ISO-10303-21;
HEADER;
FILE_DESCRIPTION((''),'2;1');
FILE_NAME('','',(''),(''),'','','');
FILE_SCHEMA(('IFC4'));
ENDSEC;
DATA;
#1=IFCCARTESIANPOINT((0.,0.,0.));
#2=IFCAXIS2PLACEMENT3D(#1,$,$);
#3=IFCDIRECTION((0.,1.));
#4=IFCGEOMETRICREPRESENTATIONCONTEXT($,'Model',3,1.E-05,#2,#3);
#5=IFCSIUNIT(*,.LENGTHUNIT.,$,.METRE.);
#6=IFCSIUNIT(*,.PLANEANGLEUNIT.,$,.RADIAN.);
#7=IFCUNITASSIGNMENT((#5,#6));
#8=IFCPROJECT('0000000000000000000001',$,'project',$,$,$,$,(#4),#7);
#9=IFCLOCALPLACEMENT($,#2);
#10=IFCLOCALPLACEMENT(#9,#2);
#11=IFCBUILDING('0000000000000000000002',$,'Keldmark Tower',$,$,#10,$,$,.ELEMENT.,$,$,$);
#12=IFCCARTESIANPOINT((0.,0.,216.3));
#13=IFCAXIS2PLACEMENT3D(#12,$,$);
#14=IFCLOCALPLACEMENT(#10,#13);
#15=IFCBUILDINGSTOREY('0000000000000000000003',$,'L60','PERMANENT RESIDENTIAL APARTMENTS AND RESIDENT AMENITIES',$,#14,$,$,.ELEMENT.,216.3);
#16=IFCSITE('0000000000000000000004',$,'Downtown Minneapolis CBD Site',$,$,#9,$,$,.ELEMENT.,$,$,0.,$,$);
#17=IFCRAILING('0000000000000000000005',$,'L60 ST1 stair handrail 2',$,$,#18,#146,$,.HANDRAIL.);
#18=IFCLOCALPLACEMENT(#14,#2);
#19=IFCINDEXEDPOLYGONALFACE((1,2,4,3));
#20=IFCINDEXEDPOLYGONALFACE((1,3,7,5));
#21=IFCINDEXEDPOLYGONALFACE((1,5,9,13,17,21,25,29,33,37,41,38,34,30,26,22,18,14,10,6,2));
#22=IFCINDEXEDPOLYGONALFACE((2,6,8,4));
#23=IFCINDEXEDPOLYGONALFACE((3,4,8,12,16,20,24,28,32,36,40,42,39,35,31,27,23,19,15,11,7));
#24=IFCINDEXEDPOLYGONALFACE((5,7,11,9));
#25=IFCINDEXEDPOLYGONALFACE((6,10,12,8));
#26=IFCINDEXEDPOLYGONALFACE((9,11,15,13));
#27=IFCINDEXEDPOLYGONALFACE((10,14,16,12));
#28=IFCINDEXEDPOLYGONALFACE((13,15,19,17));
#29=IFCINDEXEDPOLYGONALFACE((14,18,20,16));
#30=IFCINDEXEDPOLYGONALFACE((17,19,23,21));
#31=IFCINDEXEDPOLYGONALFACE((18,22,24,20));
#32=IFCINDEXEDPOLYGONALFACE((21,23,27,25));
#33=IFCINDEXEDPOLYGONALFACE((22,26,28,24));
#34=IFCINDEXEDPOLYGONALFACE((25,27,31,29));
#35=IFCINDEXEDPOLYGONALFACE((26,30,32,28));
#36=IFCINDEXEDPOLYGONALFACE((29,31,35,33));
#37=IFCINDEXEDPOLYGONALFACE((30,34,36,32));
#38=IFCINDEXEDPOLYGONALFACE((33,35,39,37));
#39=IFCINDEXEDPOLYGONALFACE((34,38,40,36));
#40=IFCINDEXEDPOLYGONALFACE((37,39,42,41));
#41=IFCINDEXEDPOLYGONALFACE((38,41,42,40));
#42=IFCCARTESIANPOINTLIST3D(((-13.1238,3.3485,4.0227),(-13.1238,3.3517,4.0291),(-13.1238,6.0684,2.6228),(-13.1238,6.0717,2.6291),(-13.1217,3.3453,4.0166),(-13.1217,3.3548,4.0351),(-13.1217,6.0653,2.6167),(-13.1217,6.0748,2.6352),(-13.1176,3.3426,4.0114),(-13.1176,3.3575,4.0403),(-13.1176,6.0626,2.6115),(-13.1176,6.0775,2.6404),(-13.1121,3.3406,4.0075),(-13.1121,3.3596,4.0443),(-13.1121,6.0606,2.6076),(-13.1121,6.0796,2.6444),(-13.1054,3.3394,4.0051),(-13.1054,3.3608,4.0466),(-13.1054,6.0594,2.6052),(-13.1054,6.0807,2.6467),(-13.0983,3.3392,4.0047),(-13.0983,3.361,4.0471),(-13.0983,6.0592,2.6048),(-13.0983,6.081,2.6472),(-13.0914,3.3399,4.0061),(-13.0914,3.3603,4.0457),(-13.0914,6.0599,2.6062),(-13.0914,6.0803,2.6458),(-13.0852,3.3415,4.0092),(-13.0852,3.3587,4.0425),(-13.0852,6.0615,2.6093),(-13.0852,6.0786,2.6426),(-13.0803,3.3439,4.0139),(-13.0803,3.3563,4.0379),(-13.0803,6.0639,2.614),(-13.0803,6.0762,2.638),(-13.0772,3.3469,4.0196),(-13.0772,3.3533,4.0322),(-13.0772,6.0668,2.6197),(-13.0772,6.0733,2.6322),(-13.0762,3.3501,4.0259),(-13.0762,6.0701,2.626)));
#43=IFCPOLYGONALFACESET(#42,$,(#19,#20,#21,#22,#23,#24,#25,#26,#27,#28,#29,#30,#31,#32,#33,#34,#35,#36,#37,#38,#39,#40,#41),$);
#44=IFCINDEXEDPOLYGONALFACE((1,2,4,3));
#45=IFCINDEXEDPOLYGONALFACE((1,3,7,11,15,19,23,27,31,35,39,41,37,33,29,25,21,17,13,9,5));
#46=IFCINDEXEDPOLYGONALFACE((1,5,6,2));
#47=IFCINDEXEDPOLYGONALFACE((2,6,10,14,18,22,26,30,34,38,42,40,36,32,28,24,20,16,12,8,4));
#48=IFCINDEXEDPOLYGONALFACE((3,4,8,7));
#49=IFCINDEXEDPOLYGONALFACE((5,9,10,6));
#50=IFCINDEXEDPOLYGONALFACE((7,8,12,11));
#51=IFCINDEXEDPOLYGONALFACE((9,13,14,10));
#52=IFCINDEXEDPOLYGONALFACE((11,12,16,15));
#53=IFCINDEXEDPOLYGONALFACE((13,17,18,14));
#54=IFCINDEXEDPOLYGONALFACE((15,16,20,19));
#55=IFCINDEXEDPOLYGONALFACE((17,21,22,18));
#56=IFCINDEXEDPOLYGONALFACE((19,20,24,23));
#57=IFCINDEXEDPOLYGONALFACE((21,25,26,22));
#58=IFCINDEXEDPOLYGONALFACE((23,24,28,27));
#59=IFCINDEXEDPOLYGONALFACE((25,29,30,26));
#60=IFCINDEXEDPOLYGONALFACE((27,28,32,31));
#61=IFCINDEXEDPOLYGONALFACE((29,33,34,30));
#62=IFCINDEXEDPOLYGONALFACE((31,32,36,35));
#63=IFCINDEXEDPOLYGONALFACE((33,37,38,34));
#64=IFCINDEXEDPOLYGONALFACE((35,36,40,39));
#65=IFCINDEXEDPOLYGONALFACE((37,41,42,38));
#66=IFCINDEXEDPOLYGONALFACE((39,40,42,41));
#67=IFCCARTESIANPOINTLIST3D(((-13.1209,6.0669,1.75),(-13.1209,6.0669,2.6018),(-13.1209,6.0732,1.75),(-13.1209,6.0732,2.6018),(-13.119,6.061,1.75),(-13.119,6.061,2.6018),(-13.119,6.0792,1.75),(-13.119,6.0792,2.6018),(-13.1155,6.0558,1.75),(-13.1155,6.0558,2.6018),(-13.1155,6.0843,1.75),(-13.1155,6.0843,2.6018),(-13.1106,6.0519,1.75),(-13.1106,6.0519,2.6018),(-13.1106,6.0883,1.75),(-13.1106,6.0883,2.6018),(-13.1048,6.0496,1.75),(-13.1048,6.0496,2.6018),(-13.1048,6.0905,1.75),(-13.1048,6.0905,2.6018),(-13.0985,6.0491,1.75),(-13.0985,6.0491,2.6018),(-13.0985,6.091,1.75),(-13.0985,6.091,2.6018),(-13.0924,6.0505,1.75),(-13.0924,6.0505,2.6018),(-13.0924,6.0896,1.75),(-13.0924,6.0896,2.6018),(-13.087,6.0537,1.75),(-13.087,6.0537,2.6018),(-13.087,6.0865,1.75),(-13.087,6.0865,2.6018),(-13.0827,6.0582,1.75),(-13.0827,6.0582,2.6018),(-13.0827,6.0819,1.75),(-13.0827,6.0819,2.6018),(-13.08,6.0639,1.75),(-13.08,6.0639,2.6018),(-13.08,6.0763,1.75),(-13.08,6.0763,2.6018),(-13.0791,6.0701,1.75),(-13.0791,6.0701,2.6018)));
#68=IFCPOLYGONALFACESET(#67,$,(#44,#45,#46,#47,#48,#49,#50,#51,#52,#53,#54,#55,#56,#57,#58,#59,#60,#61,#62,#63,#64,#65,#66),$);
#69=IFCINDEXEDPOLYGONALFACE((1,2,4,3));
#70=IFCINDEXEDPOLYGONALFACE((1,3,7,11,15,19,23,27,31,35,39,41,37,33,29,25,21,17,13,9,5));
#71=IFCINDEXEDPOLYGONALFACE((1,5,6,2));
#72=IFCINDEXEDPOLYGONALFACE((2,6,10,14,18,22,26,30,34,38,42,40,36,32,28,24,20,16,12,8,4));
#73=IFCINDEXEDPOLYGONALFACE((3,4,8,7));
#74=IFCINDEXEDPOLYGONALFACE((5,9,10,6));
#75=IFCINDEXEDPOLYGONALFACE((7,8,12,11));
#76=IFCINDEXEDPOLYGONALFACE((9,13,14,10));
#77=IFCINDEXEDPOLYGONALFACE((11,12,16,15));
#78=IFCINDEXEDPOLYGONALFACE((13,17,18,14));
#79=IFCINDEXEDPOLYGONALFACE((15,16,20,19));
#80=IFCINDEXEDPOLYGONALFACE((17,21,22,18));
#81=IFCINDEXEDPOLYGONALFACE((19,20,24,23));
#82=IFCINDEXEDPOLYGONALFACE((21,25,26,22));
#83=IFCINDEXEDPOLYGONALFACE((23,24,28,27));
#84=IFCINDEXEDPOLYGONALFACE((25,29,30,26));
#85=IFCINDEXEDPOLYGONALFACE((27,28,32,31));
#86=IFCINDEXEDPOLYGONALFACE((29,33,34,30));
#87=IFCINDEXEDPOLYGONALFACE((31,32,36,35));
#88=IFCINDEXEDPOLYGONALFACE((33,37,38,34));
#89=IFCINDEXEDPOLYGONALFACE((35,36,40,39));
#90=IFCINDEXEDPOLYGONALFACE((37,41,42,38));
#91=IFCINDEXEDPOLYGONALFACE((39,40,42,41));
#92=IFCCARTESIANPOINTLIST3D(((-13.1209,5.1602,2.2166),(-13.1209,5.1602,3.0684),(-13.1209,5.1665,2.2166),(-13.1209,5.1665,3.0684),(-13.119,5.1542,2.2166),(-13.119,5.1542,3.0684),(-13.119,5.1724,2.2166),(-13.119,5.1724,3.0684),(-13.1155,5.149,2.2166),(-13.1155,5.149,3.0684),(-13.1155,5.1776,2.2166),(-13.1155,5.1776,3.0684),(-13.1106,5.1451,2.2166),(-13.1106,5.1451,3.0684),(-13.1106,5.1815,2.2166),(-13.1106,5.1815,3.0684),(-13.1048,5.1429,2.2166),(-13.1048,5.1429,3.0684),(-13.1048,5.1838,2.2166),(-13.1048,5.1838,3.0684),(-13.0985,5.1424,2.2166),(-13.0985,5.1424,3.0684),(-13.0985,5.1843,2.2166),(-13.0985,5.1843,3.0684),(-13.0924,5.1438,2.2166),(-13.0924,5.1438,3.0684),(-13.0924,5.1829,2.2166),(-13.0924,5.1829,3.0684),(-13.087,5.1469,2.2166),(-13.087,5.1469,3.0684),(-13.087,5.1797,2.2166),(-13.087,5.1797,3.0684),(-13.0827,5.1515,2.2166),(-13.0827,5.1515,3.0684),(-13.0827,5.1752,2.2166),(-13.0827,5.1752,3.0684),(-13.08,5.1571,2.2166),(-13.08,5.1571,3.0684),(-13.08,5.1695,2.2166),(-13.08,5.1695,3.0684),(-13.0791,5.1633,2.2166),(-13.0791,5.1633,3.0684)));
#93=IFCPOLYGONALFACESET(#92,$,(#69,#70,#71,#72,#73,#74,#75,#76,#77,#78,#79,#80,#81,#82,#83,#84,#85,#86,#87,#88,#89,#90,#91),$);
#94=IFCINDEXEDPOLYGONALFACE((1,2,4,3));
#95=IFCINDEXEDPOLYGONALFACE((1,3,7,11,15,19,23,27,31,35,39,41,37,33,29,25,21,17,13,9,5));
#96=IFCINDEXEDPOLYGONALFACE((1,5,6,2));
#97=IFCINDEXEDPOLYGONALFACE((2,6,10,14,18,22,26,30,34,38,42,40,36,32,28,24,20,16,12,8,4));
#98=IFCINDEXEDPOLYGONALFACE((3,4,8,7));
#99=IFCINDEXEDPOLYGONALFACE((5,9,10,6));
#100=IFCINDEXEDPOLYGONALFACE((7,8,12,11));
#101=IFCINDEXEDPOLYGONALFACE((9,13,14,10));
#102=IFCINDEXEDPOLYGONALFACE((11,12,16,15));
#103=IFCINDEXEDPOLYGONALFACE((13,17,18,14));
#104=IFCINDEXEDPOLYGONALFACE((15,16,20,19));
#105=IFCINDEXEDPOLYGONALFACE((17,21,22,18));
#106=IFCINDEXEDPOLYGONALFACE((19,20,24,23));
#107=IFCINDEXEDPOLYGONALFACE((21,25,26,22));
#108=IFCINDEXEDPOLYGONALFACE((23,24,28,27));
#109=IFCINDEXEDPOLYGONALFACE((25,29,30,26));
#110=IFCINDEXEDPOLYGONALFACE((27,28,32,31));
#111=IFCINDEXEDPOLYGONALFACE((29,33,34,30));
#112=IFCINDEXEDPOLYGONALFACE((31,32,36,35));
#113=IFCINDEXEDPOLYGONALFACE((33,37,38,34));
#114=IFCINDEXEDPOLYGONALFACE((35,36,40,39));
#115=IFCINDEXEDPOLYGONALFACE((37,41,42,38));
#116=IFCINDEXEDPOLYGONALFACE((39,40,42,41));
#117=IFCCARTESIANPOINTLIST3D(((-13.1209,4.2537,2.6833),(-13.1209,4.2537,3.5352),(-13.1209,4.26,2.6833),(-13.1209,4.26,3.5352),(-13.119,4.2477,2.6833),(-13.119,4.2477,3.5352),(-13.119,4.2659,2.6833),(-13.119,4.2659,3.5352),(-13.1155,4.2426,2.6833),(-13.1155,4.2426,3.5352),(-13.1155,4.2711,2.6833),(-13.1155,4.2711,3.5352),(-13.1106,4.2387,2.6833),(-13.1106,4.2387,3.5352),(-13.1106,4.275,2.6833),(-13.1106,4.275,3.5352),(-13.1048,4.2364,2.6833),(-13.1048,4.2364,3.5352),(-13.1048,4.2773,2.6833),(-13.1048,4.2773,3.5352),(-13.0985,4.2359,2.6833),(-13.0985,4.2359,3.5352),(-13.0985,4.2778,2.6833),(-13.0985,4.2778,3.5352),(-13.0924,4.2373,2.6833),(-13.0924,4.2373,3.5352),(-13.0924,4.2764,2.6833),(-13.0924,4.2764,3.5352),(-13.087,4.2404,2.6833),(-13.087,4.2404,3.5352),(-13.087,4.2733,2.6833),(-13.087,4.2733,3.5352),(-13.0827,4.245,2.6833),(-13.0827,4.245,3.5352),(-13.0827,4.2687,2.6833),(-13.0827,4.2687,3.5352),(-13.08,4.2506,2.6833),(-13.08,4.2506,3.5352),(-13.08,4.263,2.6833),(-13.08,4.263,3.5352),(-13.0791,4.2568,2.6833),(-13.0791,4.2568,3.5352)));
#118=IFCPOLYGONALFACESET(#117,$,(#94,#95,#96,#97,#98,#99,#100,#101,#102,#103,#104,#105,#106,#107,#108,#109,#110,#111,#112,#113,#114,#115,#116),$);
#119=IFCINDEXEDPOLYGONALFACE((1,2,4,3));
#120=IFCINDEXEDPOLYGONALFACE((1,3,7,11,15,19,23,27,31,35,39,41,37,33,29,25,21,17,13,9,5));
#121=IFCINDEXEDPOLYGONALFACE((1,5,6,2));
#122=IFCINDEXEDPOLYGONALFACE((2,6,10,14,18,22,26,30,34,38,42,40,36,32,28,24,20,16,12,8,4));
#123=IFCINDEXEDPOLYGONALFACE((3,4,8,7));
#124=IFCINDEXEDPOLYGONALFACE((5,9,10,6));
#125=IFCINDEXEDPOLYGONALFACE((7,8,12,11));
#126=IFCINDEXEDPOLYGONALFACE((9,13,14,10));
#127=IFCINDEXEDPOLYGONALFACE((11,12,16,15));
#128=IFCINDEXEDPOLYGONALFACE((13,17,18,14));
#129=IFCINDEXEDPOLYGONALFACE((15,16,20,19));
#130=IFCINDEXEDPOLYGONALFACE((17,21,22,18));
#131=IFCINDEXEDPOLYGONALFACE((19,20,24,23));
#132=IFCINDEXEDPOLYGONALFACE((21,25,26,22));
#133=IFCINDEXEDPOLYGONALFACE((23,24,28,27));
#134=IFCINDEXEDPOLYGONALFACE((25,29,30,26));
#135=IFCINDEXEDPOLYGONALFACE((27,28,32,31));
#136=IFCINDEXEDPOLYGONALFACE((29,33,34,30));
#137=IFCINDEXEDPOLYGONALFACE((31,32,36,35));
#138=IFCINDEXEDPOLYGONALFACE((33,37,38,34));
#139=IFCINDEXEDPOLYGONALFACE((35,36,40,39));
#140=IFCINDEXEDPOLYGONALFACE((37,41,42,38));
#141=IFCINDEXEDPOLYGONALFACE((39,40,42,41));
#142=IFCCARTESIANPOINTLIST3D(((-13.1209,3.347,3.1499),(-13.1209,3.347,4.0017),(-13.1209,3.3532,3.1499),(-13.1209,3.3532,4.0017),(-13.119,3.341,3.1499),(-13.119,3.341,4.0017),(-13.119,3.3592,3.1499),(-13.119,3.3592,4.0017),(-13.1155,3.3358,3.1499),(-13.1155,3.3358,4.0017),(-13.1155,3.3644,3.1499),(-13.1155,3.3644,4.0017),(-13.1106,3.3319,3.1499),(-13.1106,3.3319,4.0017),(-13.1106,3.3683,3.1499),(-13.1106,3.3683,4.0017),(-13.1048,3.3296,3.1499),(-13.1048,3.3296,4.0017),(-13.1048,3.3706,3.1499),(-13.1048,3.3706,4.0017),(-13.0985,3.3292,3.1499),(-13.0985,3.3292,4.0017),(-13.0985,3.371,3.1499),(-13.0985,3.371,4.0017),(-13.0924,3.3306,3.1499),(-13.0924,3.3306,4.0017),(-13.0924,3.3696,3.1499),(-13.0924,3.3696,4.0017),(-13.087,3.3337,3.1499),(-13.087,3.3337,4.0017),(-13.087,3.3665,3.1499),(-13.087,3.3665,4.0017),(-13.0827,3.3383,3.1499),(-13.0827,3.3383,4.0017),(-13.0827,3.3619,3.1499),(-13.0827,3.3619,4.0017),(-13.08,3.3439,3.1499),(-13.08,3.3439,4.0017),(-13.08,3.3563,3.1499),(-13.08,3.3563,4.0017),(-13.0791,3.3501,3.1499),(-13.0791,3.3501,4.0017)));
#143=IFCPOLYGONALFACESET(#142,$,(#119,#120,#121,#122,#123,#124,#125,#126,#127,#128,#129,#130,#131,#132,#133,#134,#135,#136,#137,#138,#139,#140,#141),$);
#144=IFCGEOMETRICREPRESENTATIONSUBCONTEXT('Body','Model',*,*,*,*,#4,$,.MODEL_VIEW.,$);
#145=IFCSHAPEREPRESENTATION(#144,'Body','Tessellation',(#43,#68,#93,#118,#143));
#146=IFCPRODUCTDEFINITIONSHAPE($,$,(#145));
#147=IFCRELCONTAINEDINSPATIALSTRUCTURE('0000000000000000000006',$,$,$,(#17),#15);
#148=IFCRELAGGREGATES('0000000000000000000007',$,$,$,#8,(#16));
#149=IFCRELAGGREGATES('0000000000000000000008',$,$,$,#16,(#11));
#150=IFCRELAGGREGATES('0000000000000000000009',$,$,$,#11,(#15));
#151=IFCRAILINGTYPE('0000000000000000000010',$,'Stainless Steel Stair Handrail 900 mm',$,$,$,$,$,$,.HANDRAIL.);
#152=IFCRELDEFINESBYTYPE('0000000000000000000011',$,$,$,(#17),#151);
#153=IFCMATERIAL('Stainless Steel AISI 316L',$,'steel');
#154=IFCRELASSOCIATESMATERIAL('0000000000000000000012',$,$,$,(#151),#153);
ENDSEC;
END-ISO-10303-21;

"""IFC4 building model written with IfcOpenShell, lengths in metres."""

from ifc_helpers import new_model, si_unit, direction, frame, origin, origin_2d, place, context, subcontext, project, spatial, circle, extrude, material, type_object, element, save


model = new_model("IFC4")

# Units and contexts
model_context = context("Model", 3, precision=1e-05, world=origin(), true_north=direction((0.0, 1.0)))
body_context = subcontext(model_context, "Body", "Model", "MODEL_VIEW")
ifc_project = project(units=[si_unit("LENGTHUNIT", "METRE"), si_unit("PLANEANGLEUNIT", "RADIAN")], contexts=[model_context])

# Site, building, storey
site_placement = place(None, origin())
site = spatial("IfcSite", under=ifc_project, at=site_placement, Name="Downtown Minneapolis CBD Site", CompositionType="ELEMENT", RefElevation=0.0)
building_placement = place(site_placement, origin())
building = spatial("IfcBuilding", under=site, at=building_placement, Name="Keldmark Tower", CompositionType="ELEMENT")
storey_placement = place(building_placement, frame((0.0, 0.0, 216.3)))
storey = spatial("IfcBuildingStorey", under=building, at=storey_placement, Name="L60", Description="PERMANENT RESIDENTIAL APARTMENTS AND RESIDENT AMENITIES", CompositionType="ELEMENT", Elevation=216.3)

# Railing
ifc_material_1 = material(Name="Stainless Steel AISI 316L", Category="steel")
railing_type_1 = type_object("IfcRailingType", Name="Stainless Steel Stair Handrail 900 mm", PredefinedType="HANDRAIL", material=ifc_material_1)
railing_1_placement = place(storey_placement, frame((-13.1001, 6.0701, 1.75)))
element("IfcRailing", 1, at=railing_1_placement, inside=storey, type_object=railing_type_1, Name="L60 ST1 stair handrail 2", PredefinedType="HANDRAIL", context=body_context, shape_type="SweptSolid", body=[
    extrude(circle(Radius=0.0239, at=origin_2d()), frame((0.0, 0.0, 0.876), z_axis=(0.0, -0.889147, 0.457622), x_axis=(1.0, 0.0, 0.0)), (0.0, 0.0, 1.0), 3.0591),
    extrude(circle(Radius=0.021, at=origin_2d()), origin(), (0.0, 0.0, 1.0), 0.8518),
    extrude(circle(Radius=0.021, at=origin_2d()), frame((0.0, -0.9067, 0.4666)), (0.0, 0.0, 1.0), 0.8518),
    extrude(circle(Radius=0.021, at=origin_2d()), frame((0.0, -1.8132, 0.9333)), (0.0, 0.0, 1.0), 0.8518),
    extrude(circle(Radius=0.021, at=origin_2d()), frame((0.0, -2.72, 1.3999)), (0.0, 0.0, 1.0), 0.8518),
])

save(model, "model.ifc")
